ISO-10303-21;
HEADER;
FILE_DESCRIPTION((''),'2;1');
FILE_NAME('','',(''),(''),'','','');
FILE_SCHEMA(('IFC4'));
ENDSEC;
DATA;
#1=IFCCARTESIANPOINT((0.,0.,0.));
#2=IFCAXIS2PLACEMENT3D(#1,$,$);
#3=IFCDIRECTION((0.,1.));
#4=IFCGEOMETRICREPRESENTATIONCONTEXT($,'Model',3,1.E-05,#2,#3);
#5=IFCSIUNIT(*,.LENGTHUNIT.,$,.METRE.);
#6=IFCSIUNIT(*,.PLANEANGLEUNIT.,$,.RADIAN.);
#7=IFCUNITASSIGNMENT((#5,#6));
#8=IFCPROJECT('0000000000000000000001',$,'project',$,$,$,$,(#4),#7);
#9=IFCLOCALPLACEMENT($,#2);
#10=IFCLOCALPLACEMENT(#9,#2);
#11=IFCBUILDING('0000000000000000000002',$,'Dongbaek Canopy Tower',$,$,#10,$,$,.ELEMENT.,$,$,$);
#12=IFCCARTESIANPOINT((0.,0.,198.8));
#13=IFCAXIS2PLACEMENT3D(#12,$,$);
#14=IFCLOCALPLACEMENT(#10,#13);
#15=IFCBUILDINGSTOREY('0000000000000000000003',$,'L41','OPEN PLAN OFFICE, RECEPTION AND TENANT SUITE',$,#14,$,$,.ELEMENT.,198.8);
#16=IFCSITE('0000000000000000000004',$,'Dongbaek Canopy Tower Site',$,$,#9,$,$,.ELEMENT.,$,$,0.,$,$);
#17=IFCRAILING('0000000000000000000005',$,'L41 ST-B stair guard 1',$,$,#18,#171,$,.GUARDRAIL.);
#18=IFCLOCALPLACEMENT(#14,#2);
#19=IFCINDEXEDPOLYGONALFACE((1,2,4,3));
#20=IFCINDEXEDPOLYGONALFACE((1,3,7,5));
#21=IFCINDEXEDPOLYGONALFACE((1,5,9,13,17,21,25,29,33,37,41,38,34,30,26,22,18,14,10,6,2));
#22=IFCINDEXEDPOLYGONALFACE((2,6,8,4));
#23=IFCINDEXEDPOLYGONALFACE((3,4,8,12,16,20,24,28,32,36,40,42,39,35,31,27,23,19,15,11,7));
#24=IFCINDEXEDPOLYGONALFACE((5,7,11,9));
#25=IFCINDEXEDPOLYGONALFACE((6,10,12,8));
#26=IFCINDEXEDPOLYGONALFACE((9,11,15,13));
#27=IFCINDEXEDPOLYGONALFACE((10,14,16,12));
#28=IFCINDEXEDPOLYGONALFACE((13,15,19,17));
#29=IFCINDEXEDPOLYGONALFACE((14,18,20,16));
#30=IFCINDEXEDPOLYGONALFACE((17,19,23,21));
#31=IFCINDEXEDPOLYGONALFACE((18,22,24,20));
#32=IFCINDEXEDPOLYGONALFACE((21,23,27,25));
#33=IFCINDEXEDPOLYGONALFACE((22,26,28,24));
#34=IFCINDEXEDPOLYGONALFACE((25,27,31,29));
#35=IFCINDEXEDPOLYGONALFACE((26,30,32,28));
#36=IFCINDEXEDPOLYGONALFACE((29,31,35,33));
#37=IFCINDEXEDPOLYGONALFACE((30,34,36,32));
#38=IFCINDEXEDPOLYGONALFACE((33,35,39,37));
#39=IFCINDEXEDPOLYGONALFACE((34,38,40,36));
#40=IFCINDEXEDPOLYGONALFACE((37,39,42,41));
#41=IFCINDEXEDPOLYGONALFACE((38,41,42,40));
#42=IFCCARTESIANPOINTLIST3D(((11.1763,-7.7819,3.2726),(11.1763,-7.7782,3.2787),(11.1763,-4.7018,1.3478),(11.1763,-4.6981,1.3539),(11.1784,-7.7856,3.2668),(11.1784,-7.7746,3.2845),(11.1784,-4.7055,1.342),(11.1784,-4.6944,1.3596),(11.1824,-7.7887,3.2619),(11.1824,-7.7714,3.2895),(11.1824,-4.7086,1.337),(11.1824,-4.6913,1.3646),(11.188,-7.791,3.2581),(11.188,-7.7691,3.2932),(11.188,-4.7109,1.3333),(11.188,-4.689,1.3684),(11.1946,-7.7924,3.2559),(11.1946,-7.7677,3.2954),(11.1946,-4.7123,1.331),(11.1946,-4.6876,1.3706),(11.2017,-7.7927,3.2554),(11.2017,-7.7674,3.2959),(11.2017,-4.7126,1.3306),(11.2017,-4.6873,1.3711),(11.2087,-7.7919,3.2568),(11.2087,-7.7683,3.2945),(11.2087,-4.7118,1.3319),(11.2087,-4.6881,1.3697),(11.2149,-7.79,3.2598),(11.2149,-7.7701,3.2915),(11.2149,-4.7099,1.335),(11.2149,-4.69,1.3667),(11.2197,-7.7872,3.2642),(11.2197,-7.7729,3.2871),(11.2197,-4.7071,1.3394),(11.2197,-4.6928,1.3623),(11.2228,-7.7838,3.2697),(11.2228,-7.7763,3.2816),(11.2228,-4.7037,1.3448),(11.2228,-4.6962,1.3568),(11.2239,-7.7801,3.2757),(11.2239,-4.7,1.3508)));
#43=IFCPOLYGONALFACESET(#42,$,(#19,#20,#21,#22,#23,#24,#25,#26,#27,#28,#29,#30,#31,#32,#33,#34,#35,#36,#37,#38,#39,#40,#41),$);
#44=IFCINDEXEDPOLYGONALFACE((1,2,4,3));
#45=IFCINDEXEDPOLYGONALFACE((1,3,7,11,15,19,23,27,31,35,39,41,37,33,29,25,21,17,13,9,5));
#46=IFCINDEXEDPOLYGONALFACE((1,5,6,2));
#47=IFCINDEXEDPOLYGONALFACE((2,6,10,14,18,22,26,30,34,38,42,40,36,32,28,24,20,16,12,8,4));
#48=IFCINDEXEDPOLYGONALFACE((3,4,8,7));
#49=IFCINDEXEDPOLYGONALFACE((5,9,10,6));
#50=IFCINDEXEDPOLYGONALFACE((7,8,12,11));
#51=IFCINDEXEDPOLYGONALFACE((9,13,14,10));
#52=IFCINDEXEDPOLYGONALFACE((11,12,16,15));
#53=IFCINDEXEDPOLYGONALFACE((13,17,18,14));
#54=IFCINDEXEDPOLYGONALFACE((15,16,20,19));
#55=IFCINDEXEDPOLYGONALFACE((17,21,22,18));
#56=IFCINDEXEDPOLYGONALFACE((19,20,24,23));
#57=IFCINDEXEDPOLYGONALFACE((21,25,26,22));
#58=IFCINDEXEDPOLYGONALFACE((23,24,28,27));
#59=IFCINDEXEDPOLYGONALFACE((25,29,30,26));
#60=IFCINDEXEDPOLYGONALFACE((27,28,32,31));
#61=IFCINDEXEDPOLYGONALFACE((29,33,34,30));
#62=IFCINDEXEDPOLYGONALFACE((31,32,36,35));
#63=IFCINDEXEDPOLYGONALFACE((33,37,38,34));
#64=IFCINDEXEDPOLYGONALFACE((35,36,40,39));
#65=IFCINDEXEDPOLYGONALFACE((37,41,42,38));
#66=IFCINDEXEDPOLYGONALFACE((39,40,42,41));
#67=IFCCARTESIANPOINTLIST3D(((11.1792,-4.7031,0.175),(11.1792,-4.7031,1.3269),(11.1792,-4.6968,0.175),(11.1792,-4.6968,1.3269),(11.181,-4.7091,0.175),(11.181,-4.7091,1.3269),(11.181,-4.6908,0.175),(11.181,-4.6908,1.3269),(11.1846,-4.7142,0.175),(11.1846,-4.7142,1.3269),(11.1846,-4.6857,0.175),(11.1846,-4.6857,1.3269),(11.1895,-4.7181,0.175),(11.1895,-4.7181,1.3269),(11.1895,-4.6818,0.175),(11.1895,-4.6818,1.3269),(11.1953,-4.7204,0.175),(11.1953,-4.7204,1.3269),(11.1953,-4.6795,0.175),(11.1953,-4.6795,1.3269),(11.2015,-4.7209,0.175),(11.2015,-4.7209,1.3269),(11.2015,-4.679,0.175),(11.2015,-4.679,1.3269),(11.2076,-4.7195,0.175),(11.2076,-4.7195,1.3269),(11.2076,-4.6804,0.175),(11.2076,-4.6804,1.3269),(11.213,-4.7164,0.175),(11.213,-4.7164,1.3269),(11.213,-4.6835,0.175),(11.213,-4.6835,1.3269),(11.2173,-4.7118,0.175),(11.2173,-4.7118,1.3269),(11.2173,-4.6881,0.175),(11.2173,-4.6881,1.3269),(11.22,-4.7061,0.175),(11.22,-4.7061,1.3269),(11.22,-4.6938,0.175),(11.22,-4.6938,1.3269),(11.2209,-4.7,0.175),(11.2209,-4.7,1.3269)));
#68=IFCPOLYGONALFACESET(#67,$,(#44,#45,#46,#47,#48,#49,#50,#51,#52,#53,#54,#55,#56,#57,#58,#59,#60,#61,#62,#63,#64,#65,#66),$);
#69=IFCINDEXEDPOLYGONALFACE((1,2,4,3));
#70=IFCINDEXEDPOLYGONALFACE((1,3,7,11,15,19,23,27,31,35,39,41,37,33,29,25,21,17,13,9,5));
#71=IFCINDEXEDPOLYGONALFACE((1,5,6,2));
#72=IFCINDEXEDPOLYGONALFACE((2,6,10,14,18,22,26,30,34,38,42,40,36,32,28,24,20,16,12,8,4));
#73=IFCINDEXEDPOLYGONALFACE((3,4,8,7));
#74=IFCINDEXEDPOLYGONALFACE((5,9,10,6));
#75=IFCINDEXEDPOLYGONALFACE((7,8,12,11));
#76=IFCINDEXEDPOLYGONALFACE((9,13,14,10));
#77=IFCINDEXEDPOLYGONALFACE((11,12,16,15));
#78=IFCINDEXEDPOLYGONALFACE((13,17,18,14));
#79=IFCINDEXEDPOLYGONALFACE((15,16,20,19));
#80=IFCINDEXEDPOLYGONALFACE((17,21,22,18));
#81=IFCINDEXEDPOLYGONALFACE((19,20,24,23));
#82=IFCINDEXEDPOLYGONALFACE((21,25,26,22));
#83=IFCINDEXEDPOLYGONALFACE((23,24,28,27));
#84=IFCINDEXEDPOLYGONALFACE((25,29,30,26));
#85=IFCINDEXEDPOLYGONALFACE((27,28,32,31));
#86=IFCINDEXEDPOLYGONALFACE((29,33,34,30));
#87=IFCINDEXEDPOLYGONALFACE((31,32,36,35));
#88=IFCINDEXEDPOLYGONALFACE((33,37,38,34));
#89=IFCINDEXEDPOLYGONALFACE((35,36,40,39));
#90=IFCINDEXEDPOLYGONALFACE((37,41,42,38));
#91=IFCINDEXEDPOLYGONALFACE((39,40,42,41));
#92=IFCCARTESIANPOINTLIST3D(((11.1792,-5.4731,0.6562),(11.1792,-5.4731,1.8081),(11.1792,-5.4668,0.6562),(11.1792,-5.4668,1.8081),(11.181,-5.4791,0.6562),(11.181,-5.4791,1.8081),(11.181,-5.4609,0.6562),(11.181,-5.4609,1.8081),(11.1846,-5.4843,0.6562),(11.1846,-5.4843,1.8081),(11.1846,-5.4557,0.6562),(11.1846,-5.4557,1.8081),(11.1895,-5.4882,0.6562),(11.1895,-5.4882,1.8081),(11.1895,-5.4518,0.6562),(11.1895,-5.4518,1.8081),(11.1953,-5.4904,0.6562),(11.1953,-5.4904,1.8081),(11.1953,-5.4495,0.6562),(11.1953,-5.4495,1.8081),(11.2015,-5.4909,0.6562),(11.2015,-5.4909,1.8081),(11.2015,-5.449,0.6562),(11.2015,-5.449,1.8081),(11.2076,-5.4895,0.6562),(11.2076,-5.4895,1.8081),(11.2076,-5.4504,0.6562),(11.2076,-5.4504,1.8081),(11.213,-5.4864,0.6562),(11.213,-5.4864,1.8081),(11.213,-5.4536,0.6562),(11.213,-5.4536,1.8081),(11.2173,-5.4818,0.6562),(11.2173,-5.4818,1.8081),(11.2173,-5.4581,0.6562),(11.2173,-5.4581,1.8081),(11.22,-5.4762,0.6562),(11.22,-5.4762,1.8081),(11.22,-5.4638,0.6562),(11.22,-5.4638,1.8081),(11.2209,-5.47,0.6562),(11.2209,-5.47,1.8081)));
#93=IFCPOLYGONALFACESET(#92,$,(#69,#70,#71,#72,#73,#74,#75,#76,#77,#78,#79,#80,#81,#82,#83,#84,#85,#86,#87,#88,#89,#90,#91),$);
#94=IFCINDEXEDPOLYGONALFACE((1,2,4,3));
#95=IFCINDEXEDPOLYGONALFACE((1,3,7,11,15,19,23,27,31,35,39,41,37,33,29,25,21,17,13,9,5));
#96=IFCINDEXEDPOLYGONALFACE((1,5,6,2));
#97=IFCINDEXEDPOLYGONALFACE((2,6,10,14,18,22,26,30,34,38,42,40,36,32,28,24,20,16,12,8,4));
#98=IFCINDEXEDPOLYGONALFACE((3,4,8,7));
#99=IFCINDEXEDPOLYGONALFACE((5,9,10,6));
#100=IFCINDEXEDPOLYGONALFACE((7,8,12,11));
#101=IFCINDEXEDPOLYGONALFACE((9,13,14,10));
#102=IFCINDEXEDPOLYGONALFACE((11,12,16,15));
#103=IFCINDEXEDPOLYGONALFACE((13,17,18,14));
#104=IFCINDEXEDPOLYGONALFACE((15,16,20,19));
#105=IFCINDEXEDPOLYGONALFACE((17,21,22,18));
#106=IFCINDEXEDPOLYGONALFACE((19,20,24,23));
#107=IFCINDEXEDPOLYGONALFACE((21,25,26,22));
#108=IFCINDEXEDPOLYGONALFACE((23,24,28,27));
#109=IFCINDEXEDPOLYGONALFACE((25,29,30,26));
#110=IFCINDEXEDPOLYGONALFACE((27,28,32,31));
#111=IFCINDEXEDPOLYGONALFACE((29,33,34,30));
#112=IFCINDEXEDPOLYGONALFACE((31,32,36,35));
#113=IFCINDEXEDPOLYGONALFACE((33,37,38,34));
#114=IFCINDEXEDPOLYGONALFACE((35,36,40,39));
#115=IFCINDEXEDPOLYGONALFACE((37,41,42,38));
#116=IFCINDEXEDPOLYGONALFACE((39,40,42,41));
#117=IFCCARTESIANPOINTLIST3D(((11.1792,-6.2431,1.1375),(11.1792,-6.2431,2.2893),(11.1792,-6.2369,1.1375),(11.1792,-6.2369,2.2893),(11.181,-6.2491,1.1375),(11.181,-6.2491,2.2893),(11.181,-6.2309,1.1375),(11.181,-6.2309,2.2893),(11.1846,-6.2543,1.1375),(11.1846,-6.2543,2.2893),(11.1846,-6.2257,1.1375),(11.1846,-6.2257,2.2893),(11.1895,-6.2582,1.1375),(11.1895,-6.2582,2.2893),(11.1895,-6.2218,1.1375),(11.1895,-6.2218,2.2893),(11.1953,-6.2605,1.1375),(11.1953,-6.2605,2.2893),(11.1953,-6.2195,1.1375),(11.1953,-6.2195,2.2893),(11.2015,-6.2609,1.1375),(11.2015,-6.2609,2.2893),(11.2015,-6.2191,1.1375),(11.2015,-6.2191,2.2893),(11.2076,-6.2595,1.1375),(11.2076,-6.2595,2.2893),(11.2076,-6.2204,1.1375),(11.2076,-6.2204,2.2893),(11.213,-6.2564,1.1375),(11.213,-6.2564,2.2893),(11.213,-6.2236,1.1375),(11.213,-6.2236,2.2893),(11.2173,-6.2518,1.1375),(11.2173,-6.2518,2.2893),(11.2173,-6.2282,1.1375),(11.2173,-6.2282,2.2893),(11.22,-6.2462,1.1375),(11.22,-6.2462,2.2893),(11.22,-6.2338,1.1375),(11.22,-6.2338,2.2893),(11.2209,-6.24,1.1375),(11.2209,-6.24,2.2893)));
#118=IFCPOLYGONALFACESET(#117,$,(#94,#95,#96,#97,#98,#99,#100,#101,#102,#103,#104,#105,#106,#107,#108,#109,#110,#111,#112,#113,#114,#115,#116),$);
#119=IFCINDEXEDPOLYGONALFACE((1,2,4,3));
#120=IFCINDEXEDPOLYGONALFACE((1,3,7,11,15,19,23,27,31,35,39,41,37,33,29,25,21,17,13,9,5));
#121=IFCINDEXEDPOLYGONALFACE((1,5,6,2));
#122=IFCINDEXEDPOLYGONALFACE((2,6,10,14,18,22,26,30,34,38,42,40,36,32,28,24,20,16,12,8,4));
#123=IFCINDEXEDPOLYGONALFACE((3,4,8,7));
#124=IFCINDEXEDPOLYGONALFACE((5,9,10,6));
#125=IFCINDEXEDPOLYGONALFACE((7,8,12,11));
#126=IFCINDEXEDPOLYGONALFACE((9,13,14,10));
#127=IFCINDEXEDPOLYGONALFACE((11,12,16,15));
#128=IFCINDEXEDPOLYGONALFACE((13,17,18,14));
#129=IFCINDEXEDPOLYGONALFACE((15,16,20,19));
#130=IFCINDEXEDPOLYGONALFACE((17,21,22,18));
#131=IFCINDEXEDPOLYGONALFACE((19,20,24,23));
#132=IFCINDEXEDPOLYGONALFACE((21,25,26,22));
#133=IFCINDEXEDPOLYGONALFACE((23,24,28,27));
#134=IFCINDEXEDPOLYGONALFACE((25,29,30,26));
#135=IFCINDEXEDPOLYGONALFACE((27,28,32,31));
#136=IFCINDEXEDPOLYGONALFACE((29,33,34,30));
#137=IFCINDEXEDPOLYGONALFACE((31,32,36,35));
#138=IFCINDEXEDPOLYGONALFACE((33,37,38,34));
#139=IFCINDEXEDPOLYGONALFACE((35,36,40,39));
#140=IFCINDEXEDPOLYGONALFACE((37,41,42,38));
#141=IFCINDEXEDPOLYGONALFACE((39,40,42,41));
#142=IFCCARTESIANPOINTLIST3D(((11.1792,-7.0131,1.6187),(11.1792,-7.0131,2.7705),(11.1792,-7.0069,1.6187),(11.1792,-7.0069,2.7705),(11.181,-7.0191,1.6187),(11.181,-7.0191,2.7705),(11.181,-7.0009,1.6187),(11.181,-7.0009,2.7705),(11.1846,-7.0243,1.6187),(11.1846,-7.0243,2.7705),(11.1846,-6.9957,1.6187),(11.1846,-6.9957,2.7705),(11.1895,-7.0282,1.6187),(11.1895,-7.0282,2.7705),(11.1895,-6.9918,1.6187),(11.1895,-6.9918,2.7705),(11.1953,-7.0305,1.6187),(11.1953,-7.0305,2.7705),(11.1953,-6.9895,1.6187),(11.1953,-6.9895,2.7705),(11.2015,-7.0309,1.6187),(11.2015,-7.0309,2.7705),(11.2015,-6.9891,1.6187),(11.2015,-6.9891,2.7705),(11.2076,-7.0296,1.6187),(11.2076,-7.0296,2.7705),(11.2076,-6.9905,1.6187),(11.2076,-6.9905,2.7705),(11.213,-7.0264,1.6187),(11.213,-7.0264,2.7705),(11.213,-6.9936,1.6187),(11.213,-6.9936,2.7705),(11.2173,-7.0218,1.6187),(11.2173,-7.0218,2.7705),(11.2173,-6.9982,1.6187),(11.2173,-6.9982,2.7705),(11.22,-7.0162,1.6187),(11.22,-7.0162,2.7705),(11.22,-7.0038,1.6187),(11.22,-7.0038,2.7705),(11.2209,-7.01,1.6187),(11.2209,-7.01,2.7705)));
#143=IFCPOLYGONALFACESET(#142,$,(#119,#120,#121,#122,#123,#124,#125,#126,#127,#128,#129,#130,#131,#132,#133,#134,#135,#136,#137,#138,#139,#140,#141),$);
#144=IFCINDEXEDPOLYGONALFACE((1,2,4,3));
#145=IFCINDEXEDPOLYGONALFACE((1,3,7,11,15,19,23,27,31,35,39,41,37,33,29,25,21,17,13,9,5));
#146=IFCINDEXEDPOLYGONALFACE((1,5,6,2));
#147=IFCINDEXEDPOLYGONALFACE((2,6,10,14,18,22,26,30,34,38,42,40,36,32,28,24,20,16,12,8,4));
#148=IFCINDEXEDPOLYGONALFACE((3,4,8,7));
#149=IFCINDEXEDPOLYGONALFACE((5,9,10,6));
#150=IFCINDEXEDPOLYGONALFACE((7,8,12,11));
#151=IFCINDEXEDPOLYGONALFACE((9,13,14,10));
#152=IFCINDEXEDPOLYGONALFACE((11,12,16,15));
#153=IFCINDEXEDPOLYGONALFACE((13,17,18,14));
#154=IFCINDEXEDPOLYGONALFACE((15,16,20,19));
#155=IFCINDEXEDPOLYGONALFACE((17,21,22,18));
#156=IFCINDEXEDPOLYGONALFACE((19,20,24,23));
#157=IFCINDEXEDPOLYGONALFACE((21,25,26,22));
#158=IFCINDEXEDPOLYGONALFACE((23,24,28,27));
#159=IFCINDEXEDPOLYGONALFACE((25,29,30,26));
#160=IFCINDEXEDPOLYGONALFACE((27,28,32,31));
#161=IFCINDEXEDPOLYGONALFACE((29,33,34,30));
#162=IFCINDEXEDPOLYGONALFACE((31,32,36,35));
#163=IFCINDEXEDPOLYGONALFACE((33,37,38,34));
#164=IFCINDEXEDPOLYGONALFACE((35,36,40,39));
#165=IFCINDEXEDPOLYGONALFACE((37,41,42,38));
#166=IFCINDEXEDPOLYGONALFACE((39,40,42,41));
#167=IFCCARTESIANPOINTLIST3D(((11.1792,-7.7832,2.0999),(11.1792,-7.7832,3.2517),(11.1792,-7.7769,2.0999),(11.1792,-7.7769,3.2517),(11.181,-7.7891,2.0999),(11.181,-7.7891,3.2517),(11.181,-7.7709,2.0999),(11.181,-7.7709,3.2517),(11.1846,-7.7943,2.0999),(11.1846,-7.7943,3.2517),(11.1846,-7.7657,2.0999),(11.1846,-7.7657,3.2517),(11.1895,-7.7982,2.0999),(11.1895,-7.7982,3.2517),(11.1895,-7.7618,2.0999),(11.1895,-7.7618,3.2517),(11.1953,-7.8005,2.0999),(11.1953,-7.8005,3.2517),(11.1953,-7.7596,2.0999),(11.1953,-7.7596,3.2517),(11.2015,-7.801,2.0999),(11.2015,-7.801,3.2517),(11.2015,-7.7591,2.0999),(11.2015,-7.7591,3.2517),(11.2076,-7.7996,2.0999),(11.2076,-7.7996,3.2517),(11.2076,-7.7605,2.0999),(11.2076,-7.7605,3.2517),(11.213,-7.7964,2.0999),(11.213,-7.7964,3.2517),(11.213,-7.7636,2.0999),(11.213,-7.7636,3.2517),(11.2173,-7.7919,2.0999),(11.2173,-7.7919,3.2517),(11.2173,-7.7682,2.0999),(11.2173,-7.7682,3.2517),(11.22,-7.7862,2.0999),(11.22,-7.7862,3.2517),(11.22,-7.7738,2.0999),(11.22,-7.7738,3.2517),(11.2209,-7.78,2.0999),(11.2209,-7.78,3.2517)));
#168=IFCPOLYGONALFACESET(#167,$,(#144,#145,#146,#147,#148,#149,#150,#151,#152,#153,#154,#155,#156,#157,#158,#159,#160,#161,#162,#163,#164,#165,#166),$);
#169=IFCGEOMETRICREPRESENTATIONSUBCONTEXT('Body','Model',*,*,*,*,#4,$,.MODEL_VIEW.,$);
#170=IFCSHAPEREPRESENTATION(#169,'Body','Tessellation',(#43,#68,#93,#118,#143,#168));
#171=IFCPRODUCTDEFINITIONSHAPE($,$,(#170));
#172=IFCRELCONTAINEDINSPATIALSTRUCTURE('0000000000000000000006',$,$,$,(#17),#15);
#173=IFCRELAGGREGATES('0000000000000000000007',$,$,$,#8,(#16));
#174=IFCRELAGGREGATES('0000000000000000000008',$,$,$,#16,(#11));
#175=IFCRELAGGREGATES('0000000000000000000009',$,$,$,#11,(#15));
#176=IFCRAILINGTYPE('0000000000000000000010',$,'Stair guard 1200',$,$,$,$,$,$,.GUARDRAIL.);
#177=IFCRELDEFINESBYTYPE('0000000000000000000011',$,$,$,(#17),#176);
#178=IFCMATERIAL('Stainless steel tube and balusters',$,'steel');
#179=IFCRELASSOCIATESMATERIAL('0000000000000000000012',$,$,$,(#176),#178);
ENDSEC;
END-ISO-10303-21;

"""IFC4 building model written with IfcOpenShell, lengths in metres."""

from ifc_helpers import new_model, si_unit, direction, frame, origin, origin_2d, place, context, subcontext, project, spatial, circle, extrude, material, type_object, element, save


model = new_model("IFC4")

# Units and contexts
model_context = context("Model", 3, precision=1e-05, world=origin(), true_north=direction((0.0, 1.0)))
body_context = subcontext(model_context, "Body", "Model", "MODEL_VIEW")
ifc_project = project(units=[si_unit("LENGTHUNIT", "METRE"), si_unit("PLANEANGLEUNIT", "RADIAN")], contexts=[model_context])

# Site, building, storey
site_placement = place(None, origin())
site = spatial("IfcSite", under=ifc_project, at=site_placement, Name="Dongbaek Canopy Tower Site", CompositionType="ELEMENT", RefElevation=0.0)
building_placement = place(site_placement, origin())
building = spatial("IfcBuilding", under=site, at=building_placement, Name="Dongbaek Canopy Tower", CompositionType="ELEMENT")
storey_placement = place(building_placement, frame((0.0, 0.0, 198.8)))
storey = spatial("IfcBuildingStorey", under=building, at=storey_placement, Name="L41", Description="OPEN PLAN OFFICE, RECEPTION AND TENANT SUITE", CompositionType="ELEMENT", Elevation=198.8)

# Railing
ifc_material_1 = material(Name="Stainless steel tube and balusters", Category="steel")
railing_type_1 = type_object("IfcRailingType", Name="Stair guard 1200", PredefinedType="GUARDRAIL", material=ifc_material_1)
railing_1_placement = place(storey_placement, frame((11.2, -4.7, 0.175)))
element("IfcRailing", 1, at=railing_1_placement, inside=storey, type_object=railing_type_1, Name="L41 ST-B stair guard 1", PredefinedType="GUARDRAIL", context=body_context, shape_type="SweptSolid", body=[
    extrude(circle(Radius=0.0239, at=origin_2d()), frame((0.0, 0.0, 1.1758), z_axis=(0.0, -0.848029, 0.529951), x_axis=(1.0, 0.0, 0.0)), (0.0, 0.0, 1.0), 3.6321),
    extrude(circle(Radius=0.021, at=origin_2d()), origin(), (0.0, 0.0, 1.0), 1.1519),
    extrude(circle(Radius=0.021, at=origin_2d()), frame((0.0, -0.77, 0.4812)), (0.0, 0.0, 1.0), 1.1519),
    extrude(circle(Radius=0.021, at=origin_2d()), frame((0.0, -1.54, 0.9624)), (0.0, 0.0, 1.0), 1.1519),
    extrude(circle(Radius=0.021, at=origin_2d()), frame((0.0, -2.3101, 1.4436)), (0.0, 0.0, 1.0), 1.1519),
    extrude(circle(Radius=0.021, at=origin_2d()), frame((0.0, -3.0801, 1.9248)), (0.0, 0.0, 1.0), 1.1519),
])

save(model, "model.ifc")
